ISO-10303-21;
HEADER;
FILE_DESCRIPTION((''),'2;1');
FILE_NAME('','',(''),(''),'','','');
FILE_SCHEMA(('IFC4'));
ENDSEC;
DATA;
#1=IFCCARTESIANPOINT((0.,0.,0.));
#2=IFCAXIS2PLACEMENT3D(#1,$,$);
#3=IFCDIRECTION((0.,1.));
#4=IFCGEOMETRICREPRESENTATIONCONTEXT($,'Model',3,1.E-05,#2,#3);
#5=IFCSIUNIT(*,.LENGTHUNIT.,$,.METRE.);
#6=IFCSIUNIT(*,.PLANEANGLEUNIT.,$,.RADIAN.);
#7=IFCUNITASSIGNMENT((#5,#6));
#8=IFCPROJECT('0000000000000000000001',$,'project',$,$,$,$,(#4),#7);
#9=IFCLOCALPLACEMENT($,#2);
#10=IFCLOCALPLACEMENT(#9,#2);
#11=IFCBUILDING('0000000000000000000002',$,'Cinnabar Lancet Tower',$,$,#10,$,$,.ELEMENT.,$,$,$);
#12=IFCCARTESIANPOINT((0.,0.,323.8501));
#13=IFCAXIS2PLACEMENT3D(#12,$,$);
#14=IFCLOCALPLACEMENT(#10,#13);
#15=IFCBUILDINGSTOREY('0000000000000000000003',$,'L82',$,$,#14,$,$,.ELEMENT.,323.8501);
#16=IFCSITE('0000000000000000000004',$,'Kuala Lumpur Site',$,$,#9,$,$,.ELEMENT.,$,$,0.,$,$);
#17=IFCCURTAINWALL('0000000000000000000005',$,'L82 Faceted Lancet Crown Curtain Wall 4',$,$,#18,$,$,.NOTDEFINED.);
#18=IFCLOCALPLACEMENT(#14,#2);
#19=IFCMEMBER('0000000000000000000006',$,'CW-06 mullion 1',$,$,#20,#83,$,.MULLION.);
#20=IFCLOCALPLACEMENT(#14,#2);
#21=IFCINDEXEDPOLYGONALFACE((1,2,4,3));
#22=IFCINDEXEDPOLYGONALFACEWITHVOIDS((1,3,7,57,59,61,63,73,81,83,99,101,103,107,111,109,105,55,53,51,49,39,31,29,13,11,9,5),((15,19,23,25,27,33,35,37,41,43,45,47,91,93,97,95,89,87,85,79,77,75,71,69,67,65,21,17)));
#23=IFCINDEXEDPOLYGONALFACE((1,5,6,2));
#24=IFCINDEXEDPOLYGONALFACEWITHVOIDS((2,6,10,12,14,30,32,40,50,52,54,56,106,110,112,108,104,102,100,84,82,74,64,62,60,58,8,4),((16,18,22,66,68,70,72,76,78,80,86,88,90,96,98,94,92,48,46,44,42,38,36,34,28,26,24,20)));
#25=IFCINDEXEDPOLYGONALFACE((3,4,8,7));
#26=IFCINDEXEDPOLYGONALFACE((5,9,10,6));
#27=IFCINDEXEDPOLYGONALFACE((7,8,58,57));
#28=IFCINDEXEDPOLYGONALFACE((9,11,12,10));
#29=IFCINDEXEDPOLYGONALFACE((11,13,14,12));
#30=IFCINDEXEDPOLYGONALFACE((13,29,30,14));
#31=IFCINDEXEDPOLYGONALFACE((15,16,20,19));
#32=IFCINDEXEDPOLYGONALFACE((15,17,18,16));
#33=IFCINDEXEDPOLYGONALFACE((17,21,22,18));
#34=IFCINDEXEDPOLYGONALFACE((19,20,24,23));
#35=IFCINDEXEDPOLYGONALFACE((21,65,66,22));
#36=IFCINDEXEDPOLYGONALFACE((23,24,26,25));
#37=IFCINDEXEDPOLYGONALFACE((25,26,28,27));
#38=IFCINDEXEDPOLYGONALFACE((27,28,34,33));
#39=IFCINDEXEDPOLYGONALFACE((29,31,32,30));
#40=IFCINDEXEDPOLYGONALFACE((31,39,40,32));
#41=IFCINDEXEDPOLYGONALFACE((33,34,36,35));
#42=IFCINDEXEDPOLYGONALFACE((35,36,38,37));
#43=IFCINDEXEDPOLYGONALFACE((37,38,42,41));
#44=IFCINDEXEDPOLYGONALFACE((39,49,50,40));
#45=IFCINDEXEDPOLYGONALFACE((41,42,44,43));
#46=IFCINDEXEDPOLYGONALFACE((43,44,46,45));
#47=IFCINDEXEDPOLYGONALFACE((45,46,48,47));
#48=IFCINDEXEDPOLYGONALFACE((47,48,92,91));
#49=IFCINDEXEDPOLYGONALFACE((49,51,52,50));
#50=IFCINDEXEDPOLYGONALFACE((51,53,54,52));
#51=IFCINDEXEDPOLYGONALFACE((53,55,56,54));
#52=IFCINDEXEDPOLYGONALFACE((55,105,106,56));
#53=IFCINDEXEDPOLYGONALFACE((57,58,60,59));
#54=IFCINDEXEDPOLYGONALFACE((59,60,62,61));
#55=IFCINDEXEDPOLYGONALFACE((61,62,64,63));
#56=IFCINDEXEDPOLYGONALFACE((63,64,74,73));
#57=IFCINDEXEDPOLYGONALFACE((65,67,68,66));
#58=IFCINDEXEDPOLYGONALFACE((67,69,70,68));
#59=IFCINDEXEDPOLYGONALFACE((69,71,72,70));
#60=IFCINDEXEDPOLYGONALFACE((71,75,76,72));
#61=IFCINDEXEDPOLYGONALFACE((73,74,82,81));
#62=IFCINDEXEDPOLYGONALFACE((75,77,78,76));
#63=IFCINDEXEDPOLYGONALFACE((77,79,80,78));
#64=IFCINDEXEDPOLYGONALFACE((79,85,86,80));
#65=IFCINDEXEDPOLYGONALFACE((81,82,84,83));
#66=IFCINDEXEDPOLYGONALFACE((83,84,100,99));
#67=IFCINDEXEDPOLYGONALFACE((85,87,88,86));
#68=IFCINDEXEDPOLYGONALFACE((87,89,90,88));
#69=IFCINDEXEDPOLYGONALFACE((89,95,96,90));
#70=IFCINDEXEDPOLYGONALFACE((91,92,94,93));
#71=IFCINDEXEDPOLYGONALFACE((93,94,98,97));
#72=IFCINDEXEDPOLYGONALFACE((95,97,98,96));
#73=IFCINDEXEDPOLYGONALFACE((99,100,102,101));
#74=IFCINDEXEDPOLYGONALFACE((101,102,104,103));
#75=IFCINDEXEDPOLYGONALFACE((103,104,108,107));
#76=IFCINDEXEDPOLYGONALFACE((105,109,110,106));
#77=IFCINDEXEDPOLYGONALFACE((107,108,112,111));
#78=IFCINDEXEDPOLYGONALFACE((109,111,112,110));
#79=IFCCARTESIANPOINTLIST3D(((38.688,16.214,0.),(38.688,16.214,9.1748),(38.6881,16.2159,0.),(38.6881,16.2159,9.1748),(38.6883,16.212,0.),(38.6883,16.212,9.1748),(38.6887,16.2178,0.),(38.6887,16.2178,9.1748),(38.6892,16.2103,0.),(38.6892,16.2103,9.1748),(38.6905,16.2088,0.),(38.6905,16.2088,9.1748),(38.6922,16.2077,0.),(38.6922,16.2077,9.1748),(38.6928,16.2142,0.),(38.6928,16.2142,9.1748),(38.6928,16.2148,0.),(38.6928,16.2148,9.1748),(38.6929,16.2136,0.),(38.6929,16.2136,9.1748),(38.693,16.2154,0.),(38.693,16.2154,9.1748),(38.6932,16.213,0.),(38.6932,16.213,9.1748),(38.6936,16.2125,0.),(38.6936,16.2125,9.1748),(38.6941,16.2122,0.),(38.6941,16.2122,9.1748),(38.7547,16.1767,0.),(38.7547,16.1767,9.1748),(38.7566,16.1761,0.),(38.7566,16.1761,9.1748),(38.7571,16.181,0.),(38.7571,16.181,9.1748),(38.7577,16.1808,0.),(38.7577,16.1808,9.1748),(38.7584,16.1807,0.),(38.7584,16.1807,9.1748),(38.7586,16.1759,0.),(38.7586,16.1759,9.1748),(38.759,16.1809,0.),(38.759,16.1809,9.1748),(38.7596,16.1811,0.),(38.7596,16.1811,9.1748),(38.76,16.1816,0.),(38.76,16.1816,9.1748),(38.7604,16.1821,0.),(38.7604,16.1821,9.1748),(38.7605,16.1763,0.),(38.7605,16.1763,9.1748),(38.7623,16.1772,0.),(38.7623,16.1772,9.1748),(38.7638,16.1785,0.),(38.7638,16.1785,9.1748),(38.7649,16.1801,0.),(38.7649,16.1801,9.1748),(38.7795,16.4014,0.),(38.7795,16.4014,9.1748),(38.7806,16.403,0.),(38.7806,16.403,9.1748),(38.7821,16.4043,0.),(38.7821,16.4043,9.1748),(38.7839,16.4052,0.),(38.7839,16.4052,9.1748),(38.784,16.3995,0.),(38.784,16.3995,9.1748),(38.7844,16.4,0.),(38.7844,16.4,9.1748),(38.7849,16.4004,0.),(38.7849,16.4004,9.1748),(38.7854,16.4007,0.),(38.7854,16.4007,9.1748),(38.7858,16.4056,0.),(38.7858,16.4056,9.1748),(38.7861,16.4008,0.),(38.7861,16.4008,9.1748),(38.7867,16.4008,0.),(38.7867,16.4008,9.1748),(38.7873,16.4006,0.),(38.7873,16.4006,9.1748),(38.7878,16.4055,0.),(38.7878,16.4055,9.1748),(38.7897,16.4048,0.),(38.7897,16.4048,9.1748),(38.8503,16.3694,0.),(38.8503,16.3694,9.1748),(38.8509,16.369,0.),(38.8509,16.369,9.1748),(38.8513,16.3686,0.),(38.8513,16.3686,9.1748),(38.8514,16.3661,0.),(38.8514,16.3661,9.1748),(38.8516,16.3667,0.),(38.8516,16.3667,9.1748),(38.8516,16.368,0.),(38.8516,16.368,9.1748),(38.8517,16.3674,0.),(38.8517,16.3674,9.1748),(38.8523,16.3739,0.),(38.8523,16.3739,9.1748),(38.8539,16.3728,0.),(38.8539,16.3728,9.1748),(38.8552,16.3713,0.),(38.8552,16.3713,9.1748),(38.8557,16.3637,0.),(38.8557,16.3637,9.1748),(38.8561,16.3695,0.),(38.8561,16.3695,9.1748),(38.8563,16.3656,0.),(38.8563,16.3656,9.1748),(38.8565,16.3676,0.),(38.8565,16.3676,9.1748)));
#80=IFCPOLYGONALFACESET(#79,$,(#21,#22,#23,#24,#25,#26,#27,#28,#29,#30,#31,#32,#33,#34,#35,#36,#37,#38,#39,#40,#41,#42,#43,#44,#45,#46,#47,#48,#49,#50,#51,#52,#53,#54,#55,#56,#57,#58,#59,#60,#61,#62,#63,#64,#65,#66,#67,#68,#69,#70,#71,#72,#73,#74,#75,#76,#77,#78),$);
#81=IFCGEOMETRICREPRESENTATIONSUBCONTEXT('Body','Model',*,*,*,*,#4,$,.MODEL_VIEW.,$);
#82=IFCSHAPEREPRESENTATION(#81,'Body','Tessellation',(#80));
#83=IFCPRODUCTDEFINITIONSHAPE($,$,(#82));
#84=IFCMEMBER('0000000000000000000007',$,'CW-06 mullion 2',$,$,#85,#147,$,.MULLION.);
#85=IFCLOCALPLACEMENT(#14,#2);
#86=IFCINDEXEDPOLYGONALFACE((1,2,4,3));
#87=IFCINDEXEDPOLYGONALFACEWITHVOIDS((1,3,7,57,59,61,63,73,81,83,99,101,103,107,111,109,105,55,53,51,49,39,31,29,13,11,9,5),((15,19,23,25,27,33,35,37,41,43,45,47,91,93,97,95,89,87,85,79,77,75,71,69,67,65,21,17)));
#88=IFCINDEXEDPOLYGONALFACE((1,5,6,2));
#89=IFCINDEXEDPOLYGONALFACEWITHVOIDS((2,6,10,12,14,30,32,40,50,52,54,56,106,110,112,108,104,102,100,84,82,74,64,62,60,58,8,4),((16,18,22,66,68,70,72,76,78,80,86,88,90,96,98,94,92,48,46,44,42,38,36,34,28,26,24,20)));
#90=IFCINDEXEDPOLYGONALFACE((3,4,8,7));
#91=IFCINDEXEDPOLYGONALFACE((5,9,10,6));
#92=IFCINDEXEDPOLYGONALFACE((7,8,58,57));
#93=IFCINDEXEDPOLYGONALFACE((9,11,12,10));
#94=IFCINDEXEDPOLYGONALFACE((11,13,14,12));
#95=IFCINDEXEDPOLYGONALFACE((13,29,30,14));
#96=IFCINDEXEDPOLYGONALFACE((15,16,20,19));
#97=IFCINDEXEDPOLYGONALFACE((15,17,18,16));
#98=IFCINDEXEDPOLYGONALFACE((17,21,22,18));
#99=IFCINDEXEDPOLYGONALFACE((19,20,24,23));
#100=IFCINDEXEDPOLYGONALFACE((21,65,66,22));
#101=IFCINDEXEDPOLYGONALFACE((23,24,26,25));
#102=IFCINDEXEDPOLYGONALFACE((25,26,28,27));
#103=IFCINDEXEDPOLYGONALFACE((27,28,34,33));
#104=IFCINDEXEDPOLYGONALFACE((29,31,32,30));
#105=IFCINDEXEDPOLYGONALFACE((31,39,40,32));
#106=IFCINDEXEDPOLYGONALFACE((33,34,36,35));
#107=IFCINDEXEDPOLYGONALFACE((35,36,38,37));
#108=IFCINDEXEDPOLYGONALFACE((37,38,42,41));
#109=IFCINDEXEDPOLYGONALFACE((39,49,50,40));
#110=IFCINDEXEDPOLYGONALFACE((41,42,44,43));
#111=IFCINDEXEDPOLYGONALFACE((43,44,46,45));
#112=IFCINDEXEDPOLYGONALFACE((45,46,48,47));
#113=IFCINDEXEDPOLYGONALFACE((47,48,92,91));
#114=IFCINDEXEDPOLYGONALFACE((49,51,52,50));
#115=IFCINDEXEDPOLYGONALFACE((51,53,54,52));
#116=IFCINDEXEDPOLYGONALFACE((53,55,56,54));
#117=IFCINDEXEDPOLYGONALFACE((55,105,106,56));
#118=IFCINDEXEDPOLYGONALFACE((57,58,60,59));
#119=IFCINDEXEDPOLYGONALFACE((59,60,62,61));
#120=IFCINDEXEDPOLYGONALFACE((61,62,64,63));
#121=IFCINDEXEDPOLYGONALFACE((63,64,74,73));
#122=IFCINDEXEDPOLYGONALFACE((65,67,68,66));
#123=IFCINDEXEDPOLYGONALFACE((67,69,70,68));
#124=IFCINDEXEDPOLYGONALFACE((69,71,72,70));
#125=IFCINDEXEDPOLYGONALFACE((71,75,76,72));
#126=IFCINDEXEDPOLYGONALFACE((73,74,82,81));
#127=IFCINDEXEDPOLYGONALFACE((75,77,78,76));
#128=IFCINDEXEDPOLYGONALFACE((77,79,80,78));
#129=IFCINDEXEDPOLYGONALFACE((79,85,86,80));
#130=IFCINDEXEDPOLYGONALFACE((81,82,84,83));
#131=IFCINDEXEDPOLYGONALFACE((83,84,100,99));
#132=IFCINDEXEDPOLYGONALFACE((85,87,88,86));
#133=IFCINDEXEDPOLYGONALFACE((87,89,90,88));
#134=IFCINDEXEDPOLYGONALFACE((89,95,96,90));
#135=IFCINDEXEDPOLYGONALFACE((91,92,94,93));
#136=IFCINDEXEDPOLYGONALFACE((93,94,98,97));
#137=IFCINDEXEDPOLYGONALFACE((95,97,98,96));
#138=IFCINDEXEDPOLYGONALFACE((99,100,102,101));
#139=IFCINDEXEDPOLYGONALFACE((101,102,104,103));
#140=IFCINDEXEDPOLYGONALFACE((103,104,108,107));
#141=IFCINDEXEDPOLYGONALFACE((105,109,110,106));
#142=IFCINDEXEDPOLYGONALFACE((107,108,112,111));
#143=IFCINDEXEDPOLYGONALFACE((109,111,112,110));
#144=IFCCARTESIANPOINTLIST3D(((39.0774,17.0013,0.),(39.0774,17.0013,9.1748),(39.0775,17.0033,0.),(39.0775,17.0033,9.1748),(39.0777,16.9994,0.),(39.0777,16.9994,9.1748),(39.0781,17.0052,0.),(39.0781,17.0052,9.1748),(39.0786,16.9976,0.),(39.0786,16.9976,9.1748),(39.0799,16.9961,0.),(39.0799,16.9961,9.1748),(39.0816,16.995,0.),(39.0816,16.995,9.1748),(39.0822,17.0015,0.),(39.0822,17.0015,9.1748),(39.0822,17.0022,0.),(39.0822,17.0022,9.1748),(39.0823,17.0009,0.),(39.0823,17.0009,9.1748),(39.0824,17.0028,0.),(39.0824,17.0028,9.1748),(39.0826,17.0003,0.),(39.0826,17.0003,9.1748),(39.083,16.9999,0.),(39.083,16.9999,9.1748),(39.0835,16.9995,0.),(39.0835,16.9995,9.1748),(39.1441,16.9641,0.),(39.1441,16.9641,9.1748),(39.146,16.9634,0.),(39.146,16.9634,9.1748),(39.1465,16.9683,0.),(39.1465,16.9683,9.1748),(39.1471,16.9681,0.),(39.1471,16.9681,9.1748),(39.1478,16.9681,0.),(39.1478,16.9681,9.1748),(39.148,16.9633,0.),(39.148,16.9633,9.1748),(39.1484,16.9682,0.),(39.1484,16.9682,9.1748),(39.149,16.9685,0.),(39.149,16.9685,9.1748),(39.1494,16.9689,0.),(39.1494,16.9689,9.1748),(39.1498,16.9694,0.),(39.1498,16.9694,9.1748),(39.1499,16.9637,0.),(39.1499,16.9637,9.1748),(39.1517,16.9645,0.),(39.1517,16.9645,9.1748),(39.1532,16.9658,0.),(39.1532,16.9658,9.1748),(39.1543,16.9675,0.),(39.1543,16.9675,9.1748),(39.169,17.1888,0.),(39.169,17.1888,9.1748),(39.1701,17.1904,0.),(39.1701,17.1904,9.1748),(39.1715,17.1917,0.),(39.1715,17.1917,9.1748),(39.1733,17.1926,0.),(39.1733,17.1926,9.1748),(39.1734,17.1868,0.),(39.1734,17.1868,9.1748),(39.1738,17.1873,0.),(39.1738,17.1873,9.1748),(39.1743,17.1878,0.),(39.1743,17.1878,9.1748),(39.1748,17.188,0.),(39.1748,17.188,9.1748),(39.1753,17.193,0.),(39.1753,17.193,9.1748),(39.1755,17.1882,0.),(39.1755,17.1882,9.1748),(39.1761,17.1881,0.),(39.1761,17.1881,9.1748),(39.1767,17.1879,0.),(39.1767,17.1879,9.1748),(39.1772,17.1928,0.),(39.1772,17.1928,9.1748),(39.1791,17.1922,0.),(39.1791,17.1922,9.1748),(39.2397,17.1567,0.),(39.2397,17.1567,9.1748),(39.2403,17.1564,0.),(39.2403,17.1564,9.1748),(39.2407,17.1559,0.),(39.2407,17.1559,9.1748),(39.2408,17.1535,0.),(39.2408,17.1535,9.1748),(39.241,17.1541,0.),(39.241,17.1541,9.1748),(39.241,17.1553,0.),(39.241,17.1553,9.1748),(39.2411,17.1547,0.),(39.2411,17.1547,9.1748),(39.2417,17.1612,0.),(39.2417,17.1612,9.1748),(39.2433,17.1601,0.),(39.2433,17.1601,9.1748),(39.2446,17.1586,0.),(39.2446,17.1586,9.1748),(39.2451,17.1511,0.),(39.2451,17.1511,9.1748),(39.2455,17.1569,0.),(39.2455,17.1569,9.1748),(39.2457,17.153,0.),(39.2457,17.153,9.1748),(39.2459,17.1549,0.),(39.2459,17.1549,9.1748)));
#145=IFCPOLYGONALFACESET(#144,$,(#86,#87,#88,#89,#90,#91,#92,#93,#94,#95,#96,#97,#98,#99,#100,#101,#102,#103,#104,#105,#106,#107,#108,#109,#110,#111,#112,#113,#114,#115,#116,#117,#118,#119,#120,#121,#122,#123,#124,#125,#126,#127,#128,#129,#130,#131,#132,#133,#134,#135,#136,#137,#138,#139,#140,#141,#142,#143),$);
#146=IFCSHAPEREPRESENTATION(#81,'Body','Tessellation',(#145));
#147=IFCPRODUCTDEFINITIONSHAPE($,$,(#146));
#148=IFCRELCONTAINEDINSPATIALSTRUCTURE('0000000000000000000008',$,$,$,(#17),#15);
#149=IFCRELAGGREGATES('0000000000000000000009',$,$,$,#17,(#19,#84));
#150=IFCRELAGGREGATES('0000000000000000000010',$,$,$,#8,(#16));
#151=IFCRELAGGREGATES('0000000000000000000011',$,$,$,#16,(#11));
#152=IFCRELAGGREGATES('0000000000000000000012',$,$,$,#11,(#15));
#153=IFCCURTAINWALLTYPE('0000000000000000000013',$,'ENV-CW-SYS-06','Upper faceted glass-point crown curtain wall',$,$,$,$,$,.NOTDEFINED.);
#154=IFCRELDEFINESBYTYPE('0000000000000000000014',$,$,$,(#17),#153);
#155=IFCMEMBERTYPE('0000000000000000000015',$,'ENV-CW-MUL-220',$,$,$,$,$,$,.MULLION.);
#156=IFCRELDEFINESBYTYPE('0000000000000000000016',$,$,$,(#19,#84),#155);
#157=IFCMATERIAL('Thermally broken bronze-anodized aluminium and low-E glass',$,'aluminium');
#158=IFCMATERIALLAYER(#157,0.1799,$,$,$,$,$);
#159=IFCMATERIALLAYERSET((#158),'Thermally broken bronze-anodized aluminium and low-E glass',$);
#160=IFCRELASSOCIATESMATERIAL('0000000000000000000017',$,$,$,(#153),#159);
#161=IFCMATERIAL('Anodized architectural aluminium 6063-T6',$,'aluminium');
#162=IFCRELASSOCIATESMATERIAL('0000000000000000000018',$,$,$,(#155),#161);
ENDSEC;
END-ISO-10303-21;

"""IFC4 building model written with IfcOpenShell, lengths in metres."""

from ifc_helpers import new_model, si_unit, direction, frame, origin, origin_2d, place, context, subcontext, project, spatial, hollow_rectangle, extrude, material, layer, layer_set, material_profile, profile_set, type_object, element, aggregate, save


model = new_model("IFC4")

# Units and contexts
model_context = context("Model", 3, precision=1e-05, world=origin(), true_north=direction((0.0, 1.0)))
body_context = subcontext(model_context, "Body", "Model", "MODEL_VIEW")
ifc_project = project(units=[si_unit("LENGTHUNIT", "METRE"), si_unit("PLANEANGLEUNIT", "RADIAN")], contexts=[model_context])

# Site, building, storey
site_placement = place(None, origin())
site = spatial("IfcSite", under=ifc_project, at=site_placement, Name="Kuala Lumpur Site", CompositionType="ELEMENT", RefElevation=0.0)
building_placement = place(site_placement, origin())
building = spatial("IfcBuilding", under=site, at=building_placement, Name="Cinnabar Lancet Tower", CompositionType="ELEMENT")
storey_placement = place(building_placement, frame((0.0, 0.0, 323.8501)))
storey = spatial("IfcBuildingStorey", under=building, at=storey_placement, Name="L82", CompositionType="ELEMENT", Elevation=323.8501)

# Curtain wall, members
ifc_material_1 = material(Name="Thermally broken bronze-anodized aluminium and low-E glass", Category="aluminium")
ifc_layer_1 = layer(ifc_material_1, 0.1799)
ifc_layer_set_1 = layer_set([ifc_layer_1], Name="Thermally broken bronze-anodized aluminium and low-E glass")
curtain_wall_type = type_object("IfcCurtainWallType", Name="ENV-CW-SYS-06", Description="Upper faceted glass-point crown curtain wall", PredefinedType="NOTDEFINED", material=ifc_layer_set_1)
ifc_material_2 = material(Name="Anodized architectural aluminium 6063-T6", Category="aluminium")
ifc_material_profile_1 = material_profile(ifc_material_2, hollow_rectangle(XDim=0.085, YDim=0.22, WallThickness=0.0049, InnerFilletRadius=0.0024, OuterFilletRadius=0.0076, at=origin_2d()), Name="CW-MUL 220x85x5")
ifc_profile_set_1 = profile_set([ifc_material_profile_1], Name="Anodized architectural aluminium 6063-T6")
member_type_1 = type_object("IfcMemberType", Name="ENV-CW-MUL-220", PredefinedType="MULLION", material=ifc_profile_set_1)
curtain_wall_1_placement = place(storey_placement, origin())
curtain_wall_1 = element("IfcCurtainWall", 1, at=curtain_wall_1_placement, inside=storey, type_object=curtain_wall_type, Name="L82 Faceted Lancet Crown Curtain Wall 4", PredefinedType="NOTDEFINED")
member_1_placement = place(storey_placement, frame((38.7722, 16.2908, 0.0), z_axis=(0.0, 0.0, 1.0), x_axis=(-0.896337, 0.443373, 0.0)))
member_1 = element("IfcMember", 2, at=member_1_placement, type_object=member_type_1, Name="CW-06 mullion 1", PredefinedType="MULLION", context=body_context, shape_type="SweptSolid", body=[
    extrude(hollow_rectangle(XDim=0.085, YDim=0.22, WallThickness=0.0049, InnerFilletRadius=0.0024, OuterFilletRadius=0.0076, at=origin_2d()), origin(), (0.0, 0.0, 1.0), 9.1748),
])
member_2_placement = place(storey_placement, frame((39.1616, 17.0781, 0.0), z_axis=(0.0, 0.0, 1.0), x_axis=(-0.896337, 0.443373, 0.0)))
member_2 = element("IfcMember", 3, at=member_2_placement, type_object=member_type_1, Name="CW-06 mullion 2", PredefinedType="MULLION", context=body_context, shape_type="SweptSolid", body=[
    extrude(hollow_rectangle(XDim=0.085, YDim=0.22, WallThickness=0.0049, InnerFilletRadius=0.0024, OuterFilletRadius=0.0076, at=origin_2d()), origin(), (0.0, 0.0, 1.0), 9.1748),
])

aggregate(curtain_wall_1, [member_1, member_2])

save(model, "model.ifc")
